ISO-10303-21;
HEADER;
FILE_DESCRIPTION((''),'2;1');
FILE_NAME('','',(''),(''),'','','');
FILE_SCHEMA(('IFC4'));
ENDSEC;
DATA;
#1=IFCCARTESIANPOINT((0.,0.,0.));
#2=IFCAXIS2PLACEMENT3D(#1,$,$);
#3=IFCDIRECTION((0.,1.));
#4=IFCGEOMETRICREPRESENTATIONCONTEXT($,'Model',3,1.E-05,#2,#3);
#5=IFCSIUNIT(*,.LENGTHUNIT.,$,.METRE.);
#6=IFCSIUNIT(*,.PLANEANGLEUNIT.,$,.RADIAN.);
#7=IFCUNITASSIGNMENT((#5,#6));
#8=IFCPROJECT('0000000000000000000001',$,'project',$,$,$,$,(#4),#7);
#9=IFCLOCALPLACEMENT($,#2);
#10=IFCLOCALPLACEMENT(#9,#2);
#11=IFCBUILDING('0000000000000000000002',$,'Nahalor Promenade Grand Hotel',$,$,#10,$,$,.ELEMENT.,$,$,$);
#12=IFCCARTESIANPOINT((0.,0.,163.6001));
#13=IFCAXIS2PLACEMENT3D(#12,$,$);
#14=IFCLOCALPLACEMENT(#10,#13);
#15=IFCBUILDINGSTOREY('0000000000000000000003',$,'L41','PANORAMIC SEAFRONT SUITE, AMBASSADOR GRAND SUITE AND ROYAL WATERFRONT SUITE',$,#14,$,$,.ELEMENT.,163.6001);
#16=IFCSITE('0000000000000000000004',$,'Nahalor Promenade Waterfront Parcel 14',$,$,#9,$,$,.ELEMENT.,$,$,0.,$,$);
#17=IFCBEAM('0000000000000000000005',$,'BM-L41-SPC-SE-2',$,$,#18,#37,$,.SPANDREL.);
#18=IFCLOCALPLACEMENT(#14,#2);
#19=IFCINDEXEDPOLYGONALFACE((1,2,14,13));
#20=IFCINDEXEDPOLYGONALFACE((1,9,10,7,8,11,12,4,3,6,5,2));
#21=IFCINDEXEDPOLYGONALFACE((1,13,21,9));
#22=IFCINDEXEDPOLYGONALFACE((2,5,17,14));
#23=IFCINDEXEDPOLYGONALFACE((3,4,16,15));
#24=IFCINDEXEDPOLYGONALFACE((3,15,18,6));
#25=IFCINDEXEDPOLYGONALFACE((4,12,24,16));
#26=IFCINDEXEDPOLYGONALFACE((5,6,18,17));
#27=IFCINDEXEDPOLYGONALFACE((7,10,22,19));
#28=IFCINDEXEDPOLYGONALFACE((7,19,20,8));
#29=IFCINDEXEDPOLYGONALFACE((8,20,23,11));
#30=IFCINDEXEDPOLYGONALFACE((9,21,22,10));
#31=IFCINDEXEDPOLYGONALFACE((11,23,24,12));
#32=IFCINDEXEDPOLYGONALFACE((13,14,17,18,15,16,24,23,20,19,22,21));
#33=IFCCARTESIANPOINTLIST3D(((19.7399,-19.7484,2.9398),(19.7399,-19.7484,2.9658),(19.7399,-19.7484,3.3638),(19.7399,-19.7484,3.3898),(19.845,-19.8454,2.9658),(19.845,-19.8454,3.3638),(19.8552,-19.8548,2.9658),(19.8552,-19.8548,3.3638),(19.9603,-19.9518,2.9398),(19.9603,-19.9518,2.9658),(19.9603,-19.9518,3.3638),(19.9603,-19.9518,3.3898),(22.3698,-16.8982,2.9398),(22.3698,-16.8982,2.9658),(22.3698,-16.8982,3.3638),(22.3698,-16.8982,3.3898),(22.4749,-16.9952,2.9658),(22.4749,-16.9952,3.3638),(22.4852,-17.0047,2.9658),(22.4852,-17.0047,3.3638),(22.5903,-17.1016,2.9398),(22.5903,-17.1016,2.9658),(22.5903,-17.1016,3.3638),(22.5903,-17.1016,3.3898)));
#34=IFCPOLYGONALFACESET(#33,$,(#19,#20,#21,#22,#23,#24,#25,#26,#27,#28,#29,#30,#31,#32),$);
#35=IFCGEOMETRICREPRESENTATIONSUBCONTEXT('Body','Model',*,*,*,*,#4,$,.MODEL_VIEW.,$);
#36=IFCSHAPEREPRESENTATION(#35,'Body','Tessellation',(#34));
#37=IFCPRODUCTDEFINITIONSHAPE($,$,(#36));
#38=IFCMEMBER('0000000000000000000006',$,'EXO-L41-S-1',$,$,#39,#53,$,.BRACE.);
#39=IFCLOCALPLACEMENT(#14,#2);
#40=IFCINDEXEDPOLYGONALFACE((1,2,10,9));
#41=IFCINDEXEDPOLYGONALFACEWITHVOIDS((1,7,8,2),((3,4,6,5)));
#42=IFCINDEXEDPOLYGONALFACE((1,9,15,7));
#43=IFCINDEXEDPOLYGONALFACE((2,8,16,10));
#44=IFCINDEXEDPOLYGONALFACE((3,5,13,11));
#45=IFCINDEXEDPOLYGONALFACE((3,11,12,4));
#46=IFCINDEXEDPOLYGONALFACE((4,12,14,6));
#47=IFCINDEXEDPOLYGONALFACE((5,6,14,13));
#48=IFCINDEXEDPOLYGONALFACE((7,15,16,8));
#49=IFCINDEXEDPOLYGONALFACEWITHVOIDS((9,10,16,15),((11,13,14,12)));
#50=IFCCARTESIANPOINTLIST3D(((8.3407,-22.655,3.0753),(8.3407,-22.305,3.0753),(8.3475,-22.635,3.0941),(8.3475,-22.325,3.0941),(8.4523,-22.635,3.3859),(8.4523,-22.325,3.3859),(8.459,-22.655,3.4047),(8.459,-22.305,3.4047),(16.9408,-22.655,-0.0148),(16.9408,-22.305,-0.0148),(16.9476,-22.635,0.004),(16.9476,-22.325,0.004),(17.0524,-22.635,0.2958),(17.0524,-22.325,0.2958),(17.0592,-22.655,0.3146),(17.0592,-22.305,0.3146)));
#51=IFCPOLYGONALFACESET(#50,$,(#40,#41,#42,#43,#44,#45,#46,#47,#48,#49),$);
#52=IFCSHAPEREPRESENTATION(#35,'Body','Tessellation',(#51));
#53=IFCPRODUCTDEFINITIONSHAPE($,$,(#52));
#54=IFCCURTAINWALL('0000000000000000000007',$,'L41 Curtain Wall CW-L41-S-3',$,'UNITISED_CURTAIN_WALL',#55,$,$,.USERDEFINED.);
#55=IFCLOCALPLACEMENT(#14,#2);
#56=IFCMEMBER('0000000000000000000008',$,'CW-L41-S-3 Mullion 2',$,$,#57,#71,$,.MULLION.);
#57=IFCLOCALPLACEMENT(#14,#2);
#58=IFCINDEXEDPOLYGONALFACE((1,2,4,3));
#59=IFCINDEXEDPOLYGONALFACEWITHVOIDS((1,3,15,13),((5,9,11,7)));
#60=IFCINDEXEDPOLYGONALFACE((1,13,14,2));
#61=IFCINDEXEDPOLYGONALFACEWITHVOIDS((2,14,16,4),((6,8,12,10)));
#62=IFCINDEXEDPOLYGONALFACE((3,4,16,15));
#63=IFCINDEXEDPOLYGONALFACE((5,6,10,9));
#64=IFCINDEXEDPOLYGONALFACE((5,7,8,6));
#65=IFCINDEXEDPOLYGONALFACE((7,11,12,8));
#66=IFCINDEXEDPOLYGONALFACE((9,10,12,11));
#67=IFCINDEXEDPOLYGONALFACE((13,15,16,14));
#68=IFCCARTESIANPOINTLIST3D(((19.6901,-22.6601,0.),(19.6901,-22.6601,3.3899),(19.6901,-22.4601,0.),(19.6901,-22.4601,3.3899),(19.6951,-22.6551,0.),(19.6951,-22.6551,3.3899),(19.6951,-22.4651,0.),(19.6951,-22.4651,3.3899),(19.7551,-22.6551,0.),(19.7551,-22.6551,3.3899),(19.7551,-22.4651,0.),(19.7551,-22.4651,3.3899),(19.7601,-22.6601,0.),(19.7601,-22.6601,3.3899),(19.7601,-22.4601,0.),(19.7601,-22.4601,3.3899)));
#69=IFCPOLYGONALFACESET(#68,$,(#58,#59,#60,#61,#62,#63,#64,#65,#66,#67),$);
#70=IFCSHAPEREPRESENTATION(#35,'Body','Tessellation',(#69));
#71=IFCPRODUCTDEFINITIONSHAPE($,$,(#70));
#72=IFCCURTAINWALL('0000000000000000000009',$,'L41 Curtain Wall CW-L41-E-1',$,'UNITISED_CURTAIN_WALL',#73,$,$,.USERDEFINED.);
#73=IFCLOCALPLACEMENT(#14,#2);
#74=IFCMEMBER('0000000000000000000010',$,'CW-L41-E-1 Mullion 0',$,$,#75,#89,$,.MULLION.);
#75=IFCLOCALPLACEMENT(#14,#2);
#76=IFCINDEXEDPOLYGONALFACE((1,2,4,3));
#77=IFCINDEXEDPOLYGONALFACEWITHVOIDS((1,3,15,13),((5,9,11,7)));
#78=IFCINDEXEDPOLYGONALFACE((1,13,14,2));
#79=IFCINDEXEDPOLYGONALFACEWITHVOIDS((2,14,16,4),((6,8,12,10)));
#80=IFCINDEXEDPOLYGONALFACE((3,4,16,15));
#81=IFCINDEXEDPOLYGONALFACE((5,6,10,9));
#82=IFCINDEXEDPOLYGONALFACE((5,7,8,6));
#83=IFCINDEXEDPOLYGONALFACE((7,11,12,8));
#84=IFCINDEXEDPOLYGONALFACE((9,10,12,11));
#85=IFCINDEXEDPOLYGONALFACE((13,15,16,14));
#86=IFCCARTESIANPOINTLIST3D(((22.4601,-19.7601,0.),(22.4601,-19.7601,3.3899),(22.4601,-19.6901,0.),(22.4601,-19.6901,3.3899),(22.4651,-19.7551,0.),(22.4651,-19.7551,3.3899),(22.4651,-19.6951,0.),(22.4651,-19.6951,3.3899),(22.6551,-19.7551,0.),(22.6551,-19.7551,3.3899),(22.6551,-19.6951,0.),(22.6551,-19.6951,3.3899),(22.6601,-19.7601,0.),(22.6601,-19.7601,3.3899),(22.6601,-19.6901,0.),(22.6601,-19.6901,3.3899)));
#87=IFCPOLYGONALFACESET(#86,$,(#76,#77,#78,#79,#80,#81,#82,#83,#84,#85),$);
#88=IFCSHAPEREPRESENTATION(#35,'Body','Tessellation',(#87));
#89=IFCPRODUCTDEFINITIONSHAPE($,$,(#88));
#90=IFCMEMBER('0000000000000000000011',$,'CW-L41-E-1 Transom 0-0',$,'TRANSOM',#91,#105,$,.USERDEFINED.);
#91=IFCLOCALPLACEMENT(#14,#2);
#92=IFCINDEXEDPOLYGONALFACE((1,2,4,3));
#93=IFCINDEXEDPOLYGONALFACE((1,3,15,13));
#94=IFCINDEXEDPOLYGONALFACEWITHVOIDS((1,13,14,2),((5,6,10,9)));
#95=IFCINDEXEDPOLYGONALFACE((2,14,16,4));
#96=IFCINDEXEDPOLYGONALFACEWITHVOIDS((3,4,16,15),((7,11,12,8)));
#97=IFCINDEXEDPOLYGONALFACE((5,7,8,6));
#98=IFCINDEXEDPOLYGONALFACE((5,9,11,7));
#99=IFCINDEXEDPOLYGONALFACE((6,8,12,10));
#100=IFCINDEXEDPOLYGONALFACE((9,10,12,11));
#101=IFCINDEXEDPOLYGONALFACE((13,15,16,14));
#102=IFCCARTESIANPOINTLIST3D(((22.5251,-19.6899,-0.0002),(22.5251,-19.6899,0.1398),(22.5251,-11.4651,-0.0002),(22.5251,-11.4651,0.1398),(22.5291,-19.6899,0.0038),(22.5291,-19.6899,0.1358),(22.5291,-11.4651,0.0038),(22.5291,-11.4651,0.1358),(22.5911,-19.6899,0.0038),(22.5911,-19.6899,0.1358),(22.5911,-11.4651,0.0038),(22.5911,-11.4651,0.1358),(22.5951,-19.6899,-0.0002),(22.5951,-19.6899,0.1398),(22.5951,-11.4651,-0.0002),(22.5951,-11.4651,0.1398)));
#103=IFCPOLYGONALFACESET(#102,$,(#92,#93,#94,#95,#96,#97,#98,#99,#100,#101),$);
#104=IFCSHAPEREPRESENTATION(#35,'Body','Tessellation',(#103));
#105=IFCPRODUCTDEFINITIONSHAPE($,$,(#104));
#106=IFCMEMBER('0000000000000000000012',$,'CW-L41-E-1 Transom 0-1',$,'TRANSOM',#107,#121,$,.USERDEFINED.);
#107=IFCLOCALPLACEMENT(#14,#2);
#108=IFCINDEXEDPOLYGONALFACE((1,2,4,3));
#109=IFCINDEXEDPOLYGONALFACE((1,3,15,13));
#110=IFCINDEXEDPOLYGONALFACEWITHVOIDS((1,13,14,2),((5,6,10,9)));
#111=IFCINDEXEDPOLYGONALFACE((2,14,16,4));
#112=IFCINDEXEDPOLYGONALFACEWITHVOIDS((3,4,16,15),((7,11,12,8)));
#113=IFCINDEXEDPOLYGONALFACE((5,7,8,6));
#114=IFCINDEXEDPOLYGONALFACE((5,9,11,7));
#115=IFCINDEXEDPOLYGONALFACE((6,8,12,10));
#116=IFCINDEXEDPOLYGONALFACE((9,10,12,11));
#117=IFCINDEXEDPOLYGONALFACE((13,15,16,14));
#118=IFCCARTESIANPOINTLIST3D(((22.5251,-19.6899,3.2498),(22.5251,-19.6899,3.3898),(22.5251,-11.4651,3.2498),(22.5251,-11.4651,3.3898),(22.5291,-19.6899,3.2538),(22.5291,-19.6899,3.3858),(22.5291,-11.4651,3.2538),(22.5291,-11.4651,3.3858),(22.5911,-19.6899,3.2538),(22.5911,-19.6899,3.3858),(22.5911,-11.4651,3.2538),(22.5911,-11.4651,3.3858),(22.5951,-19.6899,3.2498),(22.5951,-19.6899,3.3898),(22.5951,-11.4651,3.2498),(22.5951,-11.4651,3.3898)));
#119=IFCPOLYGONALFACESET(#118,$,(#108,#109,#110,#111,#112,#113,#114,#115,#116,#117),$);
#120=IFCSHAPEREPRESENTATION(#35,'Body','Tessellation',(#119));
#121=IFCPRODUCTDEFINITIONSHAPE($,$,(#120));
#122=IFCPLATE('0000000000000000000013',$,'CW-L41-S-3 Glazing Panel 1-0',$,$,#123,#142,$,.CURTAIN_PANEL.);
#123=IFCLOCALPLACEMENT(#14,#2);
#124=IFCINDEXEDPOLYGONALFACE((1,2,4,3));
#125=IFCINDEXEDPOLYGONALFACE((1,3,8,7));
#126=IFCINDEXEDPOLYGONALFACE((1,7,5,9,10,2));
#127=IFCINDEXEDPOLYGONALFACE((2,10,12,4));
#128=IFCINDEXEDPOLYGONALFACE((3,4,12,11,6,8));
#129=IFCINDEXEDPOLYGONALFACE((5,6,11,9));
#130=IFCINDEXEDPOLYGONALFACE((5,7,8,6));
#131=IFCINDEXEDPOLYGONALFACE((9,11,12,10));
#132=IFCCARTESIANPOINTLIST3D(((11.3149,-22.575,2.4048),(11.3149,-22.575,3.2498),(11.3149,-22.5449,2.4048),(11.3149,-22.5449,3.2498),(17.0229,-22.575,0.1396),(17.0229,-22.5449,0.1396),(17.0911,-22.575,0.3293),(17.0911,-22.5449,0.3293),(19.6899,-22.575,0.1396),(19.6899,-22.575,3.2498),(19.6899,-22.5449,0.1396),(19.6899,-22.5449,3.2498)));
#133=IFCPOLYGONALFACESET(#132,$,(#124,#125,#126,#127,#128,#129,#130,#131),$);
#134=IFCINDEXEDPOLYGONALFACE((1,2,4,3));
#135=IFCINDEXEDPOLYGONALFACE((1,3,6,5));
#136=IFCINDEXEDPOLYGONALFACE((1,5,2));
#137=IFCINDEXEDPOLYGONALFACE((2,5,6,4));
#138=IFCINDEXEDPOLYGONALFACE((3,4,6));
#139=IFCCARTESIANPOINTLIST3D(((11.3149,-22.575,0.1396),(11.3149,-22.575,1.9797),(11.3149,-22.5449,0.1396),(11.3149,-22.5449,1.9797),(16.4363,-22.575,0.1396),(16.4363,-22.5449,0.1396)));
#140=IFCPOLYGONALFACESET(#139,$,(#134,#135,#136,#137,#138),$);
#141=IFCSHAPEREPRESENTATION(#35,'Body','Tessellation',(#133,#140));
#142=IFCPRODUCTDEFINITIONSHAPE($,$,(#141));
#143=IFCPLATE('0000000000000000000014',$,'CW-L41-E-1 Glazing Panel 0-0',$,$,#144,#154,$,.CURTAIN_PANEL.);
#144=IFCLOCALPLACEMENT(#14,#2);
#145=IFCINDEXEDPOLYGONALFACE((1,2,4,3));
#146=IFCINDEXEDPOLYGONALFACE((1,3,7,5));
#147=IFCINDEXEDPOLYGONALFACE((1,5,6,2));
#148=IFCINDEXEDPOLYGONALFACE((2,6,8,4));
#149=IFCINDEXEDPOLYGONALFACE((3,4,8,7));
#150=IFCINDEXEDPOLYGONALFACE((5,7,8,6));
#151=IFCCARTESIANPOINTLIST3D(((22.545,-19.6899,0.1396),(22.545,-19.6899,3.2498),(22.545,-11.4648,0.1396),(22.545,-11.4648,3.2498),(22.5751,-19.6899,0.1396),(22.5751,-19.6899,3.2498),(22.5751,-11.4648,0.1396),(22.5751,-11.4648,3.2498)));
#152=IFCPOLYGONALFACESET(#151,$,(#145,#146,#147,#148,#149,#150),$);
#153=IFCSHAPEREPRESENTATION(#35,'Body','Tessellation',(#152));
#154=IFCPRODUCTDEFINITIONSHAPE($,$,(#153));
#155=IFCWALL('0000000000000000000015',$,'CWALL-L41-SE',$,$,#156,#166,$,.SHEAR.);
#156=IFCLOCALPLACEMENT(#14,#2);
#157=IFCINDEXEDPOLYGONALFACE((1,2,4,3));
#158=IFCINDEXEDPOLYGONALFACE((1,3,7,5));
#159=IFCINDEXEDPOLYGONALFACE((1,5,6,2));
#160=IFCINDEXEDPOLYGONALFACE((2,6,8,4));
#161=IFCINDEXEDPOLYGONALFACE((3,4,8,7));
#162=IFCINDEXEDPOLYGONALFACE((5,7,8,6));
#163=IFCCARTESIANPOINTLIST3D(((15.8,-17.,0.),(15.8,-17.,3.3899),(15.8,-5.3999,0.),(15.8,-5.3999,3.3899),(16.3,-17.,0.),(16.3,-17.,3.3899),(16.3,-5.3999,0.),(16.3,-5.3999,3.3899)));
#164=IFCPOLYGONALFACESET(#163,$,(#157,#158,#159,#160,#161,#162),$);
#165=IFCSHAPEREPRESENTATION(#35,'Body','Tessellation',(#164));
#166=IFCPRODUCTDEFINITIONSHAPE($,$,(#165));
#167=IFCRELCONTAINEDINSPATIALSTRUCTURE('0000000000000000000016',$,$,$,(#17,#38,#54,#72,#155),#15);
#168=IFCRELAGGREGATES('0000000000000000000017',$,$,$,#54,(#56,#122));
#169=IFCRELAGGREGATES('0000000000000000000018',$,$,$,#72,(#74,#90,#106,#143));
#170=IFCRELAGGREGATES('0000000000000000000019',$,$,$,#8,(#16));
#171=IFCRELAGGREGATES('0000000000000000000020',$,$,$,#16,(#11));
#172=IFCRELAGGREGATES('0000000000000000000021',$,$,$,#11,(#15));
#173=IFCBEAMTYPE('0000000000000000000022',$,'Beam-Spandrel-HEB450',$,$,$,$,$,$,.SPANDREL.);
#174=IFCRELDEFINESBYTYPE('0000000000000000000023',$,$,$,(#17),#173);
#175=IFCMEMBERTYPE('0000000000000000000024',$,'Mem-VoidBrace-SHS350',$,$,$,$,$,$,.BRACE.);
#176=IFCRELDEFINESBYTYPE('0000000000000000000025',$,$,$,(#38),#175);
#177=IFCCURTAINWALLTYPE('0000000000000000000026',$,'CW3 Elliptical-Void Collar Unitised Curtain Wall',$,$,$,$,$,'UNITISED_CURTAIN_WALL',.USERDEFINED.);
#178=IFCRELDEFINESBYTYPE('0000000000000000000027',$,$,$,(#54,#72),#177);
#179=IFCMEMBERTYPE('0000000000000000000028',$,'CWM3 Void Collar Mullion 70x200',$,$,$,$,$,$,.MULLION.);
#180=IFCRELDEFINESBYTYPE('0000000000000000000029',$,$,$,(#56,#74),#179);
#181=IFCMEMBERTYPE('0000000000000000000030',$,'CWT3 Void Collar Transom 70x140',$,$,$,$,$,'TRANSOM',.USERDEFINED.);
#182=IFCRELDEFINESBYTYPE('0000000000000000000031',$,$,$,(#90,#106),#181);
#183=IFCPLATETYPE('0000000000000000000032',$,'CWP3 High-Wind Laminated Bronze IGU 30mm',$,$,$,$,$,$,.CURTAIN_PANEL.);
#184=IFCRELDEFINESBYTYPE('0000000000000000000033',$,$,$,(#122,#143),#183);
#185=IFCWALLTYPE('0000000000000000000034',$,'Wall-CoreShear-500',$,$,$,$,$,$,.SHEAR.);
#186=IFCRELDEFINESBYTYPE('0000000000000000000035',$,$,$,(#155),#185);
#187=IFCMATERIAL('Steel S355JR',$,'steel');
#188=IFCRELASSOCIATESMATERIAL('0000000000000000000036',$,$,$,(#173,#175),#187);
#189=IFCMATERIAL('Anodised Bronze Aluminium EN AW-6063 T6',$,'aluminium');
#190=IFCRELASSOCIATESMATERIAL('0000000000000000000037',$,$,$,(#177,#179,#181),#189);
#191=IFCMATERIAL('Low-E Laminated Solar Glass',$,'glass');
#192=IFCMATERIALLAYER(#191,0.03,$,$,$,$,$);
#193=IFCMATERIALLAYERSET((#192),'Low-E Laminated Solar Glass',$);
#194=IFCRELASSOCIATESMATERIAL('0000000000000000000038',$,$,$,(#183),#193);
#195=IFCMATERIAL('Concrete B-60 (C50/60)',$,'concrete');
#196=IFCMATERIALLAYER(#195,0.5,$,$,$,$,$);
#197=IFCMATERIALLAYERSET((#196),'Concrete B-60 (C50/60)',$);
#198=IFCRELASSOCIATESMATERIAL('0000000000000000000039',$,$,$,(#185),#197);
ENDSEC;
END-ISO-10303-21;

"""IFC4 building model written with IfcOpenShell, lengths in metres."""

from ifc_helpers import new_model, si_unit, direction, frame, frame_2d, origin, origin_2d, place, context, subcontext, project, spatial, polyline, rectangle, hollow_rectangle, i_section, outline, extrude, source, transform, mapped, material, layer, layer_set, material_profile, profile_set, type_object, element, aggregate, save


model = new_model("IFC4")

# Units and contexts
model_context = context("Model", 3, precision=1e-05, world=origin(), true_north=direction((0.0, 1.0)))
body_context = subcontext(model_context, "Body", "Model", "MODEL_VIEW")
ifc_project = project(units=[si_unit("LENGTHUNIT", "METRE"), si_unit("PLANEANGLEUNIT", "RADIAN")], contexts=[model_context])

# Site, building, storey
site_placement = place(None, origin())
site = spatial("IfcSite", under=ifc_project, at=site_placement, Name="Nahalor Promenade Waterfront Parcel 14", CompositionType="ELEMENT", RefElevation=0.0)
building_placement = place(site_placement, origin())
building = spatial("IfcBuilding", under=site, at=building_placement, Name="Nahalor Promenade Grand Hotel", CompositionType="ELEMENT")
storey_placement = place(building_placement, frame((0.0, 0.0, 163.6001)))
storey = spatial("IfcBuildingStorey", under=building, at=storey_placement, Name="L41", Description="PANORAMIC SEAFRONT SUITE, AMBASSADOR GRAND SUITE AND ROYAL WATERFRONT SUITE", CompositionType="ELEMENT", Elevation=163.6001)

# Shared definitions
ifc_material_1 = material(Name="Concrete B-60 (C50/60)", Category="concrete")

# Beam
ifc_material_2 = material(Name="Steel S355JR", Category="steel")
ifc_material_profile_1 = material_profile(ifc_material_2, i_section(OverallWidth=0.3, OverallDepth=0.45, WebThickness=0.014, FlangeThickness=0.026, at=origin_2d()), Name="HEB 450")
ifc_profile_set_1 = profile_set([ifc_material_profile_1], Name="Steel S355JR")
beam_type_1 = type_object("IfcBeamType", Name="Beam-Spandrel-HEB450", PredefinedType="SPANDREL", material=ifc_profile_set_1)
shared_shape_1 = source(origin(), body_context, "Body", "SweptSolid", [
    extrude(i_section(OverallWidth=0.3, OverallDepth=0.45, WebThickness=0.014, FlangeThickness=0.026, at=origin_2d()), origin(), (0.0, 0.0, 1.0), 3.8782),
])
for number, where, z_axis, x_axis, name in (
    (1, (19.8501, -19.8501, 3.1648), (0.678144, 0.734929, 0.0), (-0.734929, 0.678144, 0.0), "BM-L41-SPC-SE-2"),
):
    element("IfcBeam", number, at=place(storey_placement, frame(where, z_axis=z_axis, x_axis=x_axis)), inside=storey, type_object=beam_type_1, Name=name, PredefinedType="SPANDREL", context=body_context, shape_type="MappedRepresentation", body=[
        mapped(shared_shape_1, transform((0.0, 0.0, 0.0), scale=1.0)),
    ])

# Member
ifc_material_profile_2 = material_profile(ifc_material_2, hollow_rectangle(XDim=0.35, YDim=0.35, WallThickness=0.02, at=origin_2d()), Name="SHS 350x350x20")
ifc_profile_set_2 = profile_set([ifc_material_profile_2], Name="Steel S355JR")
member_type_1 = type_object("IfcMemberType", Name="Mem-VoidBrace-SHS350", PredefinedType="BRACE", material=ifc_profile_set_2)
shared_shape_2 = source(origin(), body_context, "Body", "SweptSolid", [
    extrude(hollow_rectangle(XDim=0.35, YDim=0.35, WallThickness=0.02, at=origin_2d()), origin(), (0.0, 0.0, 1.0), 9.1384),
])
member_1_placement = place(storey_placement, frame((17.0, -22.48, 0.1499), z_axis=(-0.941095, 0.0, 0.338143), x_axis=(0.0, -1.0, 0.0)))
element("IfcMember", 2, at=member_1_placement, inside=storey, type_object=member_type_1, Name="EXO-L41-S-1", PredefinedType="BRACE", context=body_context, shape_type="MappedRepresentation", body=[
    mapped(shared_shape_2, transform((0.0, 0.0, 0.0), scale=1.0)),
])

# Curtain wall, member
ifc_material_3 = material(Name="Anodised Bronze Aluminium EN AW-6063 T6", Category="aluminium")
curtain_wall_type = type_object("IfcCurtainWallType", Name="CW3 Elliptical-Void Collar Unitised Curtain Wall", ElementType="UNITISED_CURTAIN_WALL", PredefinedType="USERDEFINED", material=ifc_material_3)
curtain_wall_1_placement = place(storey_placement, origin())
curtain_wall_1 = element("IfcCurtainWall", 3, at=curtain_wall_1_placement, inside=storey, type_object=curtain_wall_type, Name="L41 Curtain Wall CW-L41-S-3", ObjectType="UNITISED_CURTAIN_WALL", PredefinedType="USERDEFINED")
ifc_material_profile_3 = material_profile(ifc_material_3, hollow_rectangle(XDim=0.07, YDim=0.2, WallThickness=0.005, at=origin_2d()), Name="CWM 70x200x5")
ifc_profile_set_3 = profile_set([ifc_material_profile_3], Name="Anodised Bronze Aluminium EN AW-6063 T6")
member_type_2 = type_object("IfcMemberType", Name="CWM3 Void Collar Mullion 70x200", PredefinedType="MULLION", material=ifc_profile_set_3)
shared_shape_3 = source(origin(), body_context, "Body", "SweptSolid", [
    extrude(hollow_rectangle(XDim=0.07, YDim=0.2, WallThickness=0.005, at=origin_2d()), origin(), (0.0, 0.0, 1.0), 3.3899),
])
member_2_placement = place(storey_placement, frame((19.7251, -22.5601, 0.0), z_axis=(0.0, 0.0, 1.0), x_axis=(1.0, 0.0, 0.0)))
member_2 = element("IfcMember", 4, at=member_2_placement, type_object=member_type_2, Name="CW-L41-S-3 Mullion 2", PredefinedType="MULLION", context=body_context, shape_type="MappedRepresentation", body=[
    mapped(shared_shape_3, transform((0.0, 0.0, 0.0), scale=1.0)),
])

# Curtain wall, members
curtain_wall_2_placement = place(storey_placement, origin())
curtain_wall_2 = element("IfcCurtainWall", 5, at=curtain_wall_2_placement, inside=storey, type_object=curtain_wall_type, Name="L41 Curtain Wall CW-L41-E-1", ObjectType="UNITISED_CURTAIN_WALL", PredefinedType="USERDEFINED")
member_3_placement = place(storey_placement, frame((22.5601, -19.7251, 0.0), z_axis=(0.0, 0.0, 1.0), x_axis=(0.0, 1.0, 0.0)))
member_3 = element("IfcMember", 6, at=member_3_placement, type_object=member_type_2, Name="CW-L41-E-1 Mullion 0", PredefinedType="MULLION", context=body_context, shape_type="MappedRepresentation", body=[
    mapped(shared_shape_3, transform((0.0, 0.0, 0.0), scale=1.0)),
])
ifc_material_profile_4 = material_profile(ifc_material_3, hollow_rectangle(XDim=0.07, YDim=0.14, WallThickness=0.004, at=origin_2d()), Name="CWT 70x140x4")
ifc_profile_set_4 = profile_set([ifc_material_profile_4], Name="Anodised Bronze Aluminium EN AW-6063 T6")
member_type_3 = type_object("IfcMemberType", Name="CWT3 Void Collar Transom 70x140", ElementType="TRANSOM", PredefinedType="USERDEFINED", material=ifc_profile_set_4)
shared_shape_4 = source(origin(), body_context, "Body", "SweptSolid", [
    extrude(hollow_rectangle(XDim=0.07, YDim=0.14, WallThickness=0.004, at=origin_2d()), origin(), (0.0, 0.0, 1.0), 8.2249),
])
member_4_placement = place(storey_placement, frame((22.5601, -19.6899, 0.0698), z_axis=(0.0, 1.0, 0.0), x_axis=(-1.0, 0.0, 0.0)))
member_4 = element("IfcMember", 7, at=member_4_placement, type_object=member_type_3, Name="CW-L41-E-1 Transom 0-0", ObjectType="TRANSOM", PredefinedType="USERDEFINED", context=body_context, shape_type="MappedRepresentation", body=[
    mapped(shared_shape_4, transform((0.0, 0.0, 0.0), scale=1.0)),
])
member_5_placement = place(storey_placement, frame((22.5601, -19.6899, 3.3198), z_axis=(0.0, 1.0, 0.0), x_axis=(-1.0, 0.0, 0.0)))
member_5 = element("IfcMember", 8, at=member_5_placement, type_object=member_type_3, Name="CW-L41-E-1 Transom 0-1", ObjectType="TRANSOM", PredefinedType="USERDEFINED", context=body_context, shape_type="MappedRepresentation", body=[
    mapped(shared_shape_4, transform((0.0, 0.0, 0.0), scale=1.0)),
])

# Plates
ifc_material_4 = material(Name="Low-E Laminated Solar Glass", Category="glass")
ifc_layer_1 = layer(ifc_material_4, 0.03)
ifc_layer_set_1 = layer_set([ifc_layer_1], Name="Low-E Laminated Solar Glass")
plate_type = type_object("IfcPlateType", Name="CWP3 High-Wind Laminated Bronze IGU 30mm", PredefinedType="CURTAIN_PANEL", material=ifc_layer_set_1)
plate_1_placement = place(storey_placement, frame((15.5024, -22.5601, 0.1396), z_axis=(0.0, 0.0, 1.0), x_axis=(1.0, 0.0, 0.0)))
plate_1 = element("IfcPlate", 9, at=plate_1_placement, type_object=plate_type, Name="CW-L41-S-3 Glazing Panel 1-0", PredefinedType="CURTAIN_PANEL", context=body_context, shape_type="SweptSolid", body=[
    extrude(outline(polyline([(4.1875, 3.1101), (-4.1875, 3.1101), (-4.1875, 2.2651), (1.5886, 0.1897), (1.5205, 0.0), (4.1875, 0.0), (4.1875, 3.1101)])), frame((0.0, 0.0151, 0.0), z_axis=(0.0, -1.0, 0.0), x_axis=(1.0, 0.0, 0.0)), (0.0, 0.0, 1.0), 0.03),
    extrude(outline(polyline([(-4.1875, 1.8401), (-4.1875, 0.0), (0.9338, 0.0), (-4.1875, 1.8401)])), frame((0.0, 0.0151, 0.0), z_axis=(0.0, -1.0, 0.0), x_axis=(1.0, 0.0, 0.0)), (0.0, 0.0, 1.0), 0.03),
])
aggregate(curtain_wall_1, [member_2, plate_1])
shared_shape_5 = source(origin(), body_context, "Body", "SweptSolid", [
    extrude(rectangle(XDim=8.2251, YDim=0.03, at=origin_2d()), origin(), (0.0, 0.0, 1.0), 3.1101),
])
plate_2_placement = place(storey_placement, frame((22.5601, -15.5774, 0.1396), z_axis=(0.0, 0.0, 1.0), x_axis=(0.0, 1.0, 0.0)))
plate_2 = element("IfcPlate", 10, at=plate_2_placement, type_object=plate_type, Name="CW-L41-E-1 Glazing Panel 0-0", PredefinedType="CURTAIN_PANEL", context=body_context, shape_type="MappedRepresentation", body=[
    mapped(shared_shape_5, transform((0.0, 0.0, 0.0), scale=1.0)),
])
aggregate(curtain_wall_2, [member_3, member_4, member_5, plate_2])

# Wall
ifc_layer_2 = layer(ifc_material_1, 0.5)
ifc_layer_set_2 = layer_set([ifc_layer_2], Name="Concrete B-60 (C50/60)")
wall_type_1 = type_object("IfcWallType", Name="Wall-CoreShear-500", PredefinedType="SHEAR", material=ifc_layer_set_2)
shared_shape_6 = source(origin(), body_context, "Body", "SweptSolid", [
    extrude(rectangle(XDim=11.6001, YDim=0.5, at=frame_2d((5.8, 0.0))), origin(), (0.0, 0.0, 1.0), 3.3899),
])
wall_1_placement = place(storey_placement, frame((16.05, -17.0, 0.0), z_axis=(0.0, 0.0, 1.0), x_axis=(0.0, 1.0, 0.0)))
element("IfcWall", 11, at=wall_1_placement, inside=storey, type_object=wall_type_1, Name="CWALL-L41-SE", PredefinedType="SHEAR", context=body_context, shape_type="MappedRepresentation", body=[
    mapped(shared_shape_6, transform((0.0, 0.0, 0.0), scale=1.0)),
])

save(model, "model.ifc")
